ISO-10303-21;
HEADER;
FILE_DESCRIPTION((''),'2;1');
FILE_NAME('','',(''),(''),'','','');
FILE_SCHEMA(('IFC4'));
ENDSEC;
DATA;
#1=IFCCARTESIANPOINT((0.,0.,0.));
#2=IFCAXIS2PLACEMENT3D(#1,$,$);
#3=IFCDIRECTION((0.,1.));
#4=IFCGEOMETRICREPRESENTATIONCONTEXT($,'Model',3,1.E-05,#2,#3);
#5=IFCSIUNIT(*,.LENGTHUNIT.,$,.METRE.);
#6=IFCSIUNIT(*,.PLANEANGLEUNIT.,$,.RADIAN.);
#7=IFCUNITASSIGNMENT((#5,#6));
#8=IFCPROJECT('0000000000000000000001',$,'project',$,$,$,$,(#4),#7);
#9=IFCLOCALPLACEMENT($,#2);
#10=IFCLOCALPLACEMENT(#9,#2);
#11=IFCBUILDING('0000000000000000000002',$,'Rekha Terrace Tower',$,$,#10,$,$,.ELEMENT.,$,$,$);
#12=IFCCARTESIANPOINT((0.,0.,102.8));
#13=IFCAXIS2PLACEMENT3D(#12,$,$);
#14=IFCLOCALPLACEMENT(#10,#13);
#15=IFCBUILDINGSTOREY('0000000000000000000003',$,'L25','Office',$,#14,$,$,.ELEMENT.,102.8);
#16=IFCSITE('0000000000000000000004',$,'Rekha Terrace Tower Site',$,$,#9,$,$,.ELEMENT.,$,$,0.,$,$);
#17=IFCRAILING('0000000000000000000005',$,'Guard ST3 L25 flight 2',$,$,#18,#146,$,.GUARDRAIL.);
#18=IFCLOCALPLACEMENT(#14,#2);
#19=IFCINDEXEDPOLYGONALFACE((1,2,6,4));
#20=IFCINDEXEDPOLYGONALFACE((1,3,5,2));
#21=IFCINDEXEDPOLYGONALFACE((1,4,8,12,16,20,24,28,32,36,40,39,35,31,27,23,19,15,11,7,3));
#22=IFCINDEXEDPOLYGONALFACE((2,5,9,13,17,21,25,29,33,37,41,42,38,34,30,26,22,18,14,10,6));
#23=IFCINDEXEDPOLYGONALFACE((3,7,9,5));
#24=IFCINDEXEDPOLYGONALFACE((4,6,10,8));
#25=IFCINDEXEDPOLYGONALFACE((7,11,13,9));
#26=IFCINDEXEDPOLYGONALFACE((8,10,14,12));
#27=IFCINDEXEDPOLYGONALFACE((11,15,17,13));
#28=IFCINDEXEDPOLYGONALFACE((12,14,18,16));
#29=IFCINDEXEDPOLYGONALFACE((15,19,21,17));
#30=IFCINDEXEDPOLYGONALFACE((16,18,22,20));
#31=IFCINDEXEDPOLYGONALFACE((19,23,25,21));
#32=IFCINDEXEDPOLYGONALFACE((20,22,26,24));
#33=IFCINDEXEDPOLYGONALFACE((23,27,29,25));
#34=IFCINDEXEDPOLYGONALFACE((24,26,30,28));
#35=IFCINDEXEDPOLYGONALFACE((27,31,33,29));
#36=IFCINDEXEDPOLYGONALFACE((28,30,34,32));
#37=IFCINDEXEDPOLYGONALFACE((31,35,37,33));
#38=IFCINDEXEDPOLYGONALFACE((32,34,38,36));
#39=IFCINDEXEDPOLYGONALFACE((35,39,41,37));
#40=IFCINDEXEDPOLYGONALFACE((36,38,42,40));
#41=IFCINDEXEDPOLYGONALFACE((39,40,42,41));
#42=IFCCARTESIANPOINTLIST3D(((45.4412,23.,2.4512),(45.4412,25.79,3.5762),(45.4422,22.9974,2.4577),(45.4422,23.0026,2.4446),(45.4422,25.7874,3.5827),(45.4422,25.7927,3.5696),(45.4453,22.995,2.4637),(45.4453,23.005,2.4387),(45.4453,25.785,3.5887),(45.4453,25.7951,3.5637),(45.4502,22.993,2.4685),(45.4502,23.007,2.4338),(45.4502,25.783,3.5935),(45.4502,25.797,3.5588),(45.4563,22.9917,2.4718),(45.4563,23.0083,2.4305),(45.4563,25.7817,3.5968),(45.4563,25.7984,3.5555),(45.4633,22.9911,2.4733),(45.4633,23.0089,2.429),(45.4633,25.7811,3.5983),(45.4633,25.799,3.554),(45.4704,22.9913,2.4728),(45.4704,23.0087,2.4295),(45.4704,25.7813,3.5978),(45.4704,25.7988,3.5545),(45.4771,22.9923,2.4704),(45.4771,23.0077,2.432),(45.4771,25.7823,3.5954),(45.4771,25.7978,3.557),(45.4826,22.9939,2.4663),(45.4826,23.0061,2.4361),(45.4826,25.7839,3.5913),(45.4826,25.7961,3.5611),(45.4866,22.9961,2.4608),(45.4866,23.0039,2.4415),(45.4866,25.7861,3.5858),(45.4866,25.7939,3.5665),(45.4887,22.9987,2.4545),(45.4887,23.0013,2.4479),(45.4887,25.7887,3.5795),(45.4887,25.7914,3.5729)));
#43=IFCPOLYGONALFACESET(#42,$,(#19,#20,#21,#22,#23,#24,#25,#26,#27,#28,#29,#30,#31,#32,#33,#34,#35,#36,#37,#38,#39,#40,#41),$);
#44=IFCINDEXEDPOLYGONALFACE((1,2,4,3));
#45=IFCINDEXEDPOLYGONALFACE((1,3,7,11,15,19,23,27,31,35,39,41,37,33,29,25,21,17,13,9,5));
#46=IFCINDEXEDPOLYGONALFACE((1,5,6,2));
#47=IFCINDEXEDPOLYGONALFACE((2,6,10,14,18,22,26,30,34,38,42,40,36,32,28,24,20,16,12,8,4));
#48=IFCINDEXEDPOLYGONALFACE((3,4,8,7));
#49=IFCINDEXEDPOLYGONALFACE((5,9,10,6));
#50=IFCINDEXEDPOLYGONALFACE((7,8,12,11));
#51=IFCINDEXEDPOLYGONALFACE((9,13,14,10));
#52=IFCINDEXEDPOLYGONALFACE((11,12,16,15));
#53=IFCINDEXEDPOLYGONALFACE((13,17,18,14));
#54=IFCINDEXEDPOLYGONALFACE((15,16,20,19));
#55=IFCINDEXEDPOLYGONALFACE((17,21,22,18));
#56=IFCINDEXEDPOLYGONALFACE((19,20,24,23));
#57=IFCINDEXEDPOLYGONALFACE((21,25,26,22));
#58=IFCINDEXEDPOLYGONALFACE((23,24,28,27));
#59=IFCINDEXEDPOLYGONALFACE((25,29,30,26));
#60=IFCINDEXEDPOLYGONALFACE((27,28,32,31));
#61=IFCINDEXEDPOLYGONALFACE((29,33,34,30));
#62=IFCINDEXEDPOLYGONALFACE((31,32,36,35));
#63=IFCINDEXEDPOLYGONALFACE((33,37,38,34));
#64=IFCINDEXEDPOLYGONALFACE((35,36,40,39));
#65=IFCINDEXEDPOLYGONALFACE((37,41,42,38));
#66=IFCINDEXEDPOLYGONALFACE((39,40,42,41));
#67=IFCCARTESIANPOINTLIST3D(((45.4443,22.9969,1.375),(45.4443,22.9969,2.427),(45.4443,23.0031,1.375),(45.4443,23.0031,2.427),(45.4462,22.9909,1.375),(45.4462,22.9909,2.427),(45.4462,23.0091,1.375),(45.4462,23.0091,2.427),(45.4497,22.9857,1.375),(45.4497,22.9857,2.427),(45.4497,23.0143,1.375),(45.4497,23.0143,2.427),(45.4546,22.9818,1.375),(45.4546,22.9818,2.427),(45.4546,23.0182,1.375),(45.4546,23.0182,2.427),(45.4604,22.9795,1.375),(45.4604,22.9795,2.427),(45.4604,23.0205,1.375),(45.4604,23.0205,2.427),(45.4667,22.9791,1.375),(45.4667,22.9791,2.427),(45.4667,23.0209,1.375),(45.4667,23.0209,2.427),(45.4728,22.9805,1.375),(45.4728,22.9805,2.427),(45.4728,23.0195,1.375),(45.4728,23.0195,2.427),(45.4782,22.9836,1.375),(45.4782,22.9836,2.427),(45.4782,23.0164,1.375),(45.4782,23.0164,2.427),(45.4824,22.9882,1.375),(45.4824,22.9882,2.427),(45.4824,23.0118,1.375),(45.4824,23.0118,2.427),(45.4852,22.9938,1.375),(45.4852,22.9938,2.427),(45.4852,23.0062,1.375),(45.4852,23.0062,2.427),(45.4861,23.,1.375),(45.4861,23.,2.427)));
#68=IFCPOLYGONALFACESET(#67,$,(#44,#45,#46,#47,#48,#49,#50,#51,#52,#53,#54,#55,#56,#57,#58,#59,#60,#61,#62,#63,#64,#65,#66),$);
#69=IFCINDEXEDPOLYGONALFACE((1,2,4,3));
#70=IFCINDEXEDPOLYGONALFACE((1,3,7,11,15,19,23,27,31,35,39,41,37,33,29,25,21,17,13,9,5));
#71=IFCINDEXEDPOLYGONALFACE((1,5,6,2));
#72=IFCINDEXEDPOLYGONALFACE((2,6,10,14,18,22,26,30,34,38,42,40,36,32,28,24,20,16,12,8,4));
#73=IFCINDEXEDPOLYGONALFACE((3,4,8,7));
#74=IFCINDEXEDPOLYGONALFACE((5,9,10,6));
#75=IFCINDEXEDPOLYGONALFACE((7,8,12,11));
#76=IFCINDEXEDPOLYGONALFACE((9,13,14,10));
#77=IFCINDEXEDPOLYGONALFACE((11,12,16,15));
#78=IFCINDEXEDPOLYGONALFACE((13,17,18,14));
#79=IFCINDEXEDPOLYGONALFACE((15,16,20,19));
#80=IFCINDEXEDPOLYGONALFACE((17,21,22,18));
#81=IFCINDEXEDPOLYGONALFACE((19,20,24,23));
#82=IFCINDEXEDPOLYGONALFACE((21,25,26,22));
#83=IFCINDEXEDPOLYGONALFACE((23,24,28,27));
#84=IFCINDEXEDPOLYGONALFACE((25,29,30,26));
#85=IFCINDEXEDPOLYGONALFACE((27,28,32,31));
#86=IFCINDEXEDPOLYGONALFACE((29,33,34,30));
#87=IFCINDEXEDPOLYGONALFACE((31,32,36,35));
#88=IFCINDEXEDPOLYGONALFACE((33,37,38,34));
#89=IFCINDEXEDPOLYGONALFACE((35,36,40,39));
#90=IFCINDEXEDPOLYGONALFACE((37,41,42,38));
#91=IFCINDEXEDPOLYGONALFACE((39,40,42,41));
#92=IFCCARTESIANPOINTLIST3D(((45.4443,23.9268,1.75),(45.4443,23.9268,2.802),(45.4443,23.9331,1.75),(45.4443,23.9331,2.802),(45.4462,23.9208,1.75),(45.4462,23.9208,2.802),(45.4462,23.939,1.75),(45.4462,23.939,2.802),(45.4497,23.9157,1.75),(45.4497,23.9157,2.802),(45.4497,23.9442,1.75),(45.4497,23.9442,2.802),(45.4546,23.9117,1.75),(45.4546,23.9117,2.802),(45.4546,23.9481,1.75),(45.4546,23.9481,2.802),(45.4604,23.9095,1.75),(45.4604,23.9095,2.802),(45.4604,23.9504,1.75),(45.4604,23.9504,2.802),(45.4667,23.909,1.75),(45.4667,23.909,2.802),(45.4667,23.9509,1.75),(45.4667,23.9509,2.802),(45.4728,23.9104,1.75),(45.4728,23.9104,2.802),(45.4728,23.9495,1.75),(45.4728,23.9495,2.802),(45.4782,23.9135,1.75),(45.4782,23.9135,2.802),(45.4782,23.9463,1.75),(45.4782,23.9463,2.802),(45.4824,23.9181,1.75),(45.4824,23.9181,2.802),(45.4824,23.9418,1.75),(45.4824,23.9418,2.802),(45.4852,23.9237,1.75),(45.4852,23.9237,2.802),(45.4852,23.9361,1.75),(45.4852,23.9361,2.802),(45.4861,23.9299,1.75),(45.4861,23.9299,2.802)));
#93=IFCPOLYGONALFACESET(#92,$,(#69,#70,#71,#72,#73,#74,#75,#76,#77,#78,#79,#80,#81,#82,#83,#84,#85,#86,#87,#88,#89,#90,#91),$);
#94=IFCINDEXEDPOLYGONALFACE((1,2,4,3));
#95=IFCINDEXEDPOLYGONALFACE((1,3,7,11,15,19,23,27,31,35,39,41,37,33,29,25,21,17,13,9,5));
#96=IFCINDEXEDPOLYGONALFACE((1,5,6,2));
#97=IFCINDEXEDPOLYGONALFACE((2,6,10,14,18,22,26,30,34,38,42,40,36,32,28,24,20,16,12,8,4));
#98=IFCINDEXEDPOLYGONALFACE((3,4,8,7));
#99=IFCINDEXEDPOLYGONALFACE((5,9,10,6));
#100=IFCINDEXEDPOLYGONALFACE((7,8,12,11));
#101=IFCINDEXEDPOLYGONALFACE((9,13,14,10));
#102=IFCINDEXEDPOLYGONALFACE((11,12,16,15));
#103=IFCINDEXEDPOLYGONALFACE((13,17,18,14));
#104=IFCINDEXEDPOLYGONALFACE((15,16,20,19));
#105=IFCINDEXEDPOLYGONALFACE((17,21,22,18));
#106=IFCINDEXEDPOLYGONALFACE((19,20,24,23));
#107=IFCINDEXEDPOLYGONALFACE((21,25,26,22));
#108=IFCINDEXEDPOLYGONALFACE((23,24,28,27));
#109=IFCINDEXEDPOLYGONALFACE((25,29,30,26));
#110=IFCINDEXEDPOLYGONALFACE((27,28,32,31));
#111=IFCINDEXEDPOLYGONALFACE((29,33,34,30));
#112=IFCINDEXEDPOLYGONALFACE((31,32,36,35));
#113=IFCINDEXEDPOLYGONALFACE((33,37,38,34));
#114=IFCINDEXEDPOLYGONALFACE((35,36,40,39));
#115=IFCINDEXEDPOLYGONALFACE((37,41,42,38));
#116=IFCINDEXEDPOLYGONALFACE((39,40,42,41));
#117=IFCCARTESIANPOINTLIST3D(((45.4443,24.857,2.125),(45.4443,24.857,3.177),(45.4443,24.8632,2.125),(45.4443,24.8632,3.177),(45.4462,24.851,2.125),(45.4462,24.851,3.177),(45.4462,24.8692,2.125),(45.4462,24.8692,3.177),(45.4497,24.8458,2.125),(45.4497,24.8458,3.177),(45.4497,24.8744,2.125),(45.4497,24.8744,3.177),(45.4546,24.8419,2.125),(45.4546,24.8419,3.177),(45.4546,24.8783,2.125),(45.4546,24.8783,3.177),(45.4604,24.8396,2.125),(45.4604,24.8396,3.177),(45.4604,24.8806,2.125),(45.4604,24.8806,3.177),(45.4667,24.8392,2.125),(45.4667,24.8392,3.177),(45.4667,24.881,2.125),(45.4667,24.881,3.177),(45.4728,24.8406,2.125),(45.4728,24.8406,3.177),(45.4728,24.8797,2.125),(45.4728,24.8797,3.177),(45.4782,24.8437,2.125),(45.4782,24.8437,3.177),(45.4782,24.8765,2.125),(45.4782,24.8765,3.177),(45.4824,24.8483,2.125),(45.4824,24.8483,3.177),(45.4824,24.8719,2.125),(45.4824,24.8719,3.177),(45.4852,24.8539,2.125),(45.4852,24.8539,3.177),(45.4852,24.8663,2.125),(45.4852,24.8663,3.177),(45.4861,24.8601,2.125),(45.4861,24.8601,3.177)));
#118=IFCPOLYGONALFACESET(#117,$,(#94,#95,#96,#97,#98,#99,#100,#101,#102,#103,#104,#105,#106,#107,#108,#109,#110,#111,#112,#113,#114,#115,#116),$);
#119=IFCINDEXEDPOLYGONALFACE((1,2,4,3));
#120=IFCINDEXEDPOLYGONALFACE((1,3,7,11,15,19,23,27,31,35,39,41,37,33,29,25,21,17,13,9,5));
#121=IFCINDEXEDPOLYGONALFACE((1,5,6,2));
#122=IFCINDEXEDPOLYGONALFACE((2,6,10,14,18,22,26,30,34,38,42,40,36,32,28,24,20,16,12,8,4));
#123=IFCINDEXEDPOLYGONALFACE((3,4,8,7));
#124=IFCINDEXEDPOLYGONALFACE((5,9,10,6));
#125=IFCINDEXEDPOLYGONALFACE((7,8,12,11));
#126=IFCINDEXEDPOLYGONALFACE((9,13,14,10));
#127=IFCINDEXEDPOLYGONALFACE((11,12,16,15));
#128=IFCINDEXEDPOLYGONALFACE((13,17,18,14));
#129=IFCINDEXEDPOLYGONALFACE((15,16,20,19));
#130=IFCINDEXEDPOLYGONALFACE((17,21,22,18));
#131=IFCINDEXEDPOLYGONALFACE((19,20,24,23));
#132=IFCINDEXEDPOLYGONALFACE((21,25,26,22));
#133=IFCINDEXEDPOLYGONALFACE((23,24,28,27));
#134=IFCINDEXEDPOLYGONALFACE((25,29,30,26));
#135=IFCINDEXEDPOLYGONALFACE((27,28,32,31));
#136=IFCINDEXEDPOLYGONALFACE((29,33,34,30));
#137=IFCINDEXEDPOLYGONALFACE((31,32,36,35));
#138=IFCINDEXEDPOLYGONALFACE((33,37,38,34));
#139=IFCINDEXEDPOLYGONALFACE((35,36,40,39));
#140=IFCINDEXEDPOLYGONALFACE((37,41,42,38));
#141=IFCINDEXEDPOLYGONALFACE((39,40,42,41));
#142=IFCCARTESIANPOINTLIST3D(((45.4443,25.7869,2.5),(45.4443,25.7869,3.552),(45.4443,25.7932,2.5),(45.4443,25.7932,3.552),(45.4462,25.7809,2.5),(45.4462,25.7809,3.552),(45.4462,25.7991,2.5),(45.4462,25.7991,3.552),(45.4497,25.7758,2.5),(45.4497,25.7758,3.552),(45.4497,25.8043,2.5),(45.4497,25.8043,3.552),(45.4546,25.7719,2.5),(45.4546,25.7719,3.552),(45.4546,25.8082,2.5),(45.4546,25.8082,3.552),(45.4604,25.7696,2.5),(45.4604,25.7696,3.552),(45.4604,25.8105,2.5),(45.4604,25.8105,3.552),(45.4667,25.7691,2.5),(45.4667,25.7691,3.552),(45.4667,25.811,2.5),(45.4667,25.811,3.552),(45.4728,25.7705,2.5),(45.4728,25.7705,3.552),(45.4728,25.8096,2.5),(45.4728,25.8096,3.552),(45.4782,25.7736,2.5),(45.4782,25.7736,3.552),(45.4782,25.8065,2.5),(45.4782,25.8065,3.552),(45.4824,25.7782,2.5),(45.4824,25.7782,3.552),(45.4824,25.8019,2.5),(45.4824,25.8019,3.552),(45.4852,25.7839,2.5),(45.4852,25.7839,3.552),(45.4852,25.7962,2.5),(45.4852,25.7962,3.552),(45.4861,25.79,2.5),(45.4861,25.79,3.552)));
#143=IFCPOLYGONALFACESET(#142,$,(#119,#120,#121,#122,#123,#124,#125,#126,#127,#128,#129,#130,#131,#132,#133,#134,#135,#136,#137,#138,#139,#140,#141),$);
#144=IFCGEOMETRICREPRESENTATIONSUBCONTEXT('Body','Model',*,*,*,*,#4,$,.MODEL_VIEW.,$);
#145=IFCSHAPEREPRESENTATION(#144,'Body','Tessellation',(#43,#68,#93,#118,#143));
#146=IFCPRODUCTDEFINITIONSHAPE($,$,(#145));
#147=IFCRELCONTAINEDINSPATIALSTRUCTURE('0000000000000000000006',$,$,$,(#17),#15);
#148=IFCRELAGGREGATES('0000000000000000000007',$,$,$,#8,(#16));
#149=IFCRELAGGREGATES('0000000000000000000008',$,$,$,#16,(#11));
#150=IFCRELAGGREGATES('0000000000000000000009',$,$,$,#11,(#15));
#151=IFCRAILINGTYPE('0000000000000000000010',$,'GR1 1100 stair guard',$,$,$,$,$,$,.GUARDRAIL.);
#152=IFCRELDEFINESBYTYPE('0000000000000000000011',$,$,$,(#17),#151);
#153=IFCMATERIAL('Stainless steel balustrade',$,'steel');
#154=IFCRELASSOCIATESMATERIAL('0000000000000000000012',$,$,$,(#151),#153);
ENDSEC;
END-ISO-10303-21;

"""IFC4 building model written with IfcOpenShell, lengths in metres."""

from ifc_helpers import new_model, si_unit, direction, frame, origin, origin_2d, place, context, subcontext, project, spatial, circle, extrude, material, type_object, element, save


model = new_model("IFC4")

# Units and contexts
model_context = context("Model", 3, precision=1e-05, world=origin(), true_north=direction((0.0, 1.0)))
body_context = subcontext(model_context, "Body", "Model", "MODEL_VIEW")
ifc_project = project(units=[si_unit("LENGTHUNIT", "METRE"), si_unit("PLANEANGLEUNIT", "RADIAN")], contexts=[model_context])

# Site, building, storey
site_placement = place(None, origin())
site = spatial("IfcSite", under=ifc_project, at=site_placement, Name="Rekha Terrace Tower Site", CompositionType="ELEMENT", RefElevation=0.0)
building_placement = place(site_placement, origin())
building = spatial("IfcBuilding", under=site, at=building_placement, Name="Rekha Terrace Tower", CompositionType="ELEMENT")
storey_placement = place(building_placement, frame((0.0, 0.0, 102.8)))
storey = spatial("IfcBuildingStorey", under=building, at=storey_placement, Name="L25", Description="Office", CompositionType="ELEMENT", Elevation=102.8)

# Railing
ifc_material_1 = material(Name="Stainless steel balustrade", Category="steel")
railing_type_1 = type_object("IfcRailingType", Name="GR1 1100 stair guard", PredefinedType="GUARDRAIL", material=ifc_material_1)
railing_1_placement = place(storey_placement, frame((45.4651, 23.0, 1.375)))
element("IfcRailing", 1, at=railing_1_placement, inside=storey, type_object=railing_type_1, Name="Guard ST3 L25 flight 2", PredefinedType="GUARDRAIL", context=body_context, shape_type="SweptSolid", body=[
    extrude(circle(Radius=0.0239, at=origin_2d()), frame((0.0, 0.0, 1.0762), z_axis=(0.0, 0.927443, 0.373964), x_axis=(-1.0, 0.0, 0.0)), (0.0, 0.0, 1.0), 3.0083),
    extrude(circle(Radius=0.021, at=origin_2d()), origin(), (0.0, 0.0, 1.0), 1.052),
    extrude(circle(Radius=0.021, at=origin_2d()), frame((0.0, 0.9299, 0.375)), (0.0, 0.0, 1.0), 1.052),
    extrude(circle(Radius=0.021, at=origin_2d()), frame((0.0, 1.8601, 0.75)), (0.0, 0.0, 1.0), 1.052),
    extrude(circle(Radius=0.021, at=origin_2d()), frame((0.0, 2.79, 1.125)), (0.0, 0.0, 1.0), 1.052),
])

save(model, "model.ifc")
